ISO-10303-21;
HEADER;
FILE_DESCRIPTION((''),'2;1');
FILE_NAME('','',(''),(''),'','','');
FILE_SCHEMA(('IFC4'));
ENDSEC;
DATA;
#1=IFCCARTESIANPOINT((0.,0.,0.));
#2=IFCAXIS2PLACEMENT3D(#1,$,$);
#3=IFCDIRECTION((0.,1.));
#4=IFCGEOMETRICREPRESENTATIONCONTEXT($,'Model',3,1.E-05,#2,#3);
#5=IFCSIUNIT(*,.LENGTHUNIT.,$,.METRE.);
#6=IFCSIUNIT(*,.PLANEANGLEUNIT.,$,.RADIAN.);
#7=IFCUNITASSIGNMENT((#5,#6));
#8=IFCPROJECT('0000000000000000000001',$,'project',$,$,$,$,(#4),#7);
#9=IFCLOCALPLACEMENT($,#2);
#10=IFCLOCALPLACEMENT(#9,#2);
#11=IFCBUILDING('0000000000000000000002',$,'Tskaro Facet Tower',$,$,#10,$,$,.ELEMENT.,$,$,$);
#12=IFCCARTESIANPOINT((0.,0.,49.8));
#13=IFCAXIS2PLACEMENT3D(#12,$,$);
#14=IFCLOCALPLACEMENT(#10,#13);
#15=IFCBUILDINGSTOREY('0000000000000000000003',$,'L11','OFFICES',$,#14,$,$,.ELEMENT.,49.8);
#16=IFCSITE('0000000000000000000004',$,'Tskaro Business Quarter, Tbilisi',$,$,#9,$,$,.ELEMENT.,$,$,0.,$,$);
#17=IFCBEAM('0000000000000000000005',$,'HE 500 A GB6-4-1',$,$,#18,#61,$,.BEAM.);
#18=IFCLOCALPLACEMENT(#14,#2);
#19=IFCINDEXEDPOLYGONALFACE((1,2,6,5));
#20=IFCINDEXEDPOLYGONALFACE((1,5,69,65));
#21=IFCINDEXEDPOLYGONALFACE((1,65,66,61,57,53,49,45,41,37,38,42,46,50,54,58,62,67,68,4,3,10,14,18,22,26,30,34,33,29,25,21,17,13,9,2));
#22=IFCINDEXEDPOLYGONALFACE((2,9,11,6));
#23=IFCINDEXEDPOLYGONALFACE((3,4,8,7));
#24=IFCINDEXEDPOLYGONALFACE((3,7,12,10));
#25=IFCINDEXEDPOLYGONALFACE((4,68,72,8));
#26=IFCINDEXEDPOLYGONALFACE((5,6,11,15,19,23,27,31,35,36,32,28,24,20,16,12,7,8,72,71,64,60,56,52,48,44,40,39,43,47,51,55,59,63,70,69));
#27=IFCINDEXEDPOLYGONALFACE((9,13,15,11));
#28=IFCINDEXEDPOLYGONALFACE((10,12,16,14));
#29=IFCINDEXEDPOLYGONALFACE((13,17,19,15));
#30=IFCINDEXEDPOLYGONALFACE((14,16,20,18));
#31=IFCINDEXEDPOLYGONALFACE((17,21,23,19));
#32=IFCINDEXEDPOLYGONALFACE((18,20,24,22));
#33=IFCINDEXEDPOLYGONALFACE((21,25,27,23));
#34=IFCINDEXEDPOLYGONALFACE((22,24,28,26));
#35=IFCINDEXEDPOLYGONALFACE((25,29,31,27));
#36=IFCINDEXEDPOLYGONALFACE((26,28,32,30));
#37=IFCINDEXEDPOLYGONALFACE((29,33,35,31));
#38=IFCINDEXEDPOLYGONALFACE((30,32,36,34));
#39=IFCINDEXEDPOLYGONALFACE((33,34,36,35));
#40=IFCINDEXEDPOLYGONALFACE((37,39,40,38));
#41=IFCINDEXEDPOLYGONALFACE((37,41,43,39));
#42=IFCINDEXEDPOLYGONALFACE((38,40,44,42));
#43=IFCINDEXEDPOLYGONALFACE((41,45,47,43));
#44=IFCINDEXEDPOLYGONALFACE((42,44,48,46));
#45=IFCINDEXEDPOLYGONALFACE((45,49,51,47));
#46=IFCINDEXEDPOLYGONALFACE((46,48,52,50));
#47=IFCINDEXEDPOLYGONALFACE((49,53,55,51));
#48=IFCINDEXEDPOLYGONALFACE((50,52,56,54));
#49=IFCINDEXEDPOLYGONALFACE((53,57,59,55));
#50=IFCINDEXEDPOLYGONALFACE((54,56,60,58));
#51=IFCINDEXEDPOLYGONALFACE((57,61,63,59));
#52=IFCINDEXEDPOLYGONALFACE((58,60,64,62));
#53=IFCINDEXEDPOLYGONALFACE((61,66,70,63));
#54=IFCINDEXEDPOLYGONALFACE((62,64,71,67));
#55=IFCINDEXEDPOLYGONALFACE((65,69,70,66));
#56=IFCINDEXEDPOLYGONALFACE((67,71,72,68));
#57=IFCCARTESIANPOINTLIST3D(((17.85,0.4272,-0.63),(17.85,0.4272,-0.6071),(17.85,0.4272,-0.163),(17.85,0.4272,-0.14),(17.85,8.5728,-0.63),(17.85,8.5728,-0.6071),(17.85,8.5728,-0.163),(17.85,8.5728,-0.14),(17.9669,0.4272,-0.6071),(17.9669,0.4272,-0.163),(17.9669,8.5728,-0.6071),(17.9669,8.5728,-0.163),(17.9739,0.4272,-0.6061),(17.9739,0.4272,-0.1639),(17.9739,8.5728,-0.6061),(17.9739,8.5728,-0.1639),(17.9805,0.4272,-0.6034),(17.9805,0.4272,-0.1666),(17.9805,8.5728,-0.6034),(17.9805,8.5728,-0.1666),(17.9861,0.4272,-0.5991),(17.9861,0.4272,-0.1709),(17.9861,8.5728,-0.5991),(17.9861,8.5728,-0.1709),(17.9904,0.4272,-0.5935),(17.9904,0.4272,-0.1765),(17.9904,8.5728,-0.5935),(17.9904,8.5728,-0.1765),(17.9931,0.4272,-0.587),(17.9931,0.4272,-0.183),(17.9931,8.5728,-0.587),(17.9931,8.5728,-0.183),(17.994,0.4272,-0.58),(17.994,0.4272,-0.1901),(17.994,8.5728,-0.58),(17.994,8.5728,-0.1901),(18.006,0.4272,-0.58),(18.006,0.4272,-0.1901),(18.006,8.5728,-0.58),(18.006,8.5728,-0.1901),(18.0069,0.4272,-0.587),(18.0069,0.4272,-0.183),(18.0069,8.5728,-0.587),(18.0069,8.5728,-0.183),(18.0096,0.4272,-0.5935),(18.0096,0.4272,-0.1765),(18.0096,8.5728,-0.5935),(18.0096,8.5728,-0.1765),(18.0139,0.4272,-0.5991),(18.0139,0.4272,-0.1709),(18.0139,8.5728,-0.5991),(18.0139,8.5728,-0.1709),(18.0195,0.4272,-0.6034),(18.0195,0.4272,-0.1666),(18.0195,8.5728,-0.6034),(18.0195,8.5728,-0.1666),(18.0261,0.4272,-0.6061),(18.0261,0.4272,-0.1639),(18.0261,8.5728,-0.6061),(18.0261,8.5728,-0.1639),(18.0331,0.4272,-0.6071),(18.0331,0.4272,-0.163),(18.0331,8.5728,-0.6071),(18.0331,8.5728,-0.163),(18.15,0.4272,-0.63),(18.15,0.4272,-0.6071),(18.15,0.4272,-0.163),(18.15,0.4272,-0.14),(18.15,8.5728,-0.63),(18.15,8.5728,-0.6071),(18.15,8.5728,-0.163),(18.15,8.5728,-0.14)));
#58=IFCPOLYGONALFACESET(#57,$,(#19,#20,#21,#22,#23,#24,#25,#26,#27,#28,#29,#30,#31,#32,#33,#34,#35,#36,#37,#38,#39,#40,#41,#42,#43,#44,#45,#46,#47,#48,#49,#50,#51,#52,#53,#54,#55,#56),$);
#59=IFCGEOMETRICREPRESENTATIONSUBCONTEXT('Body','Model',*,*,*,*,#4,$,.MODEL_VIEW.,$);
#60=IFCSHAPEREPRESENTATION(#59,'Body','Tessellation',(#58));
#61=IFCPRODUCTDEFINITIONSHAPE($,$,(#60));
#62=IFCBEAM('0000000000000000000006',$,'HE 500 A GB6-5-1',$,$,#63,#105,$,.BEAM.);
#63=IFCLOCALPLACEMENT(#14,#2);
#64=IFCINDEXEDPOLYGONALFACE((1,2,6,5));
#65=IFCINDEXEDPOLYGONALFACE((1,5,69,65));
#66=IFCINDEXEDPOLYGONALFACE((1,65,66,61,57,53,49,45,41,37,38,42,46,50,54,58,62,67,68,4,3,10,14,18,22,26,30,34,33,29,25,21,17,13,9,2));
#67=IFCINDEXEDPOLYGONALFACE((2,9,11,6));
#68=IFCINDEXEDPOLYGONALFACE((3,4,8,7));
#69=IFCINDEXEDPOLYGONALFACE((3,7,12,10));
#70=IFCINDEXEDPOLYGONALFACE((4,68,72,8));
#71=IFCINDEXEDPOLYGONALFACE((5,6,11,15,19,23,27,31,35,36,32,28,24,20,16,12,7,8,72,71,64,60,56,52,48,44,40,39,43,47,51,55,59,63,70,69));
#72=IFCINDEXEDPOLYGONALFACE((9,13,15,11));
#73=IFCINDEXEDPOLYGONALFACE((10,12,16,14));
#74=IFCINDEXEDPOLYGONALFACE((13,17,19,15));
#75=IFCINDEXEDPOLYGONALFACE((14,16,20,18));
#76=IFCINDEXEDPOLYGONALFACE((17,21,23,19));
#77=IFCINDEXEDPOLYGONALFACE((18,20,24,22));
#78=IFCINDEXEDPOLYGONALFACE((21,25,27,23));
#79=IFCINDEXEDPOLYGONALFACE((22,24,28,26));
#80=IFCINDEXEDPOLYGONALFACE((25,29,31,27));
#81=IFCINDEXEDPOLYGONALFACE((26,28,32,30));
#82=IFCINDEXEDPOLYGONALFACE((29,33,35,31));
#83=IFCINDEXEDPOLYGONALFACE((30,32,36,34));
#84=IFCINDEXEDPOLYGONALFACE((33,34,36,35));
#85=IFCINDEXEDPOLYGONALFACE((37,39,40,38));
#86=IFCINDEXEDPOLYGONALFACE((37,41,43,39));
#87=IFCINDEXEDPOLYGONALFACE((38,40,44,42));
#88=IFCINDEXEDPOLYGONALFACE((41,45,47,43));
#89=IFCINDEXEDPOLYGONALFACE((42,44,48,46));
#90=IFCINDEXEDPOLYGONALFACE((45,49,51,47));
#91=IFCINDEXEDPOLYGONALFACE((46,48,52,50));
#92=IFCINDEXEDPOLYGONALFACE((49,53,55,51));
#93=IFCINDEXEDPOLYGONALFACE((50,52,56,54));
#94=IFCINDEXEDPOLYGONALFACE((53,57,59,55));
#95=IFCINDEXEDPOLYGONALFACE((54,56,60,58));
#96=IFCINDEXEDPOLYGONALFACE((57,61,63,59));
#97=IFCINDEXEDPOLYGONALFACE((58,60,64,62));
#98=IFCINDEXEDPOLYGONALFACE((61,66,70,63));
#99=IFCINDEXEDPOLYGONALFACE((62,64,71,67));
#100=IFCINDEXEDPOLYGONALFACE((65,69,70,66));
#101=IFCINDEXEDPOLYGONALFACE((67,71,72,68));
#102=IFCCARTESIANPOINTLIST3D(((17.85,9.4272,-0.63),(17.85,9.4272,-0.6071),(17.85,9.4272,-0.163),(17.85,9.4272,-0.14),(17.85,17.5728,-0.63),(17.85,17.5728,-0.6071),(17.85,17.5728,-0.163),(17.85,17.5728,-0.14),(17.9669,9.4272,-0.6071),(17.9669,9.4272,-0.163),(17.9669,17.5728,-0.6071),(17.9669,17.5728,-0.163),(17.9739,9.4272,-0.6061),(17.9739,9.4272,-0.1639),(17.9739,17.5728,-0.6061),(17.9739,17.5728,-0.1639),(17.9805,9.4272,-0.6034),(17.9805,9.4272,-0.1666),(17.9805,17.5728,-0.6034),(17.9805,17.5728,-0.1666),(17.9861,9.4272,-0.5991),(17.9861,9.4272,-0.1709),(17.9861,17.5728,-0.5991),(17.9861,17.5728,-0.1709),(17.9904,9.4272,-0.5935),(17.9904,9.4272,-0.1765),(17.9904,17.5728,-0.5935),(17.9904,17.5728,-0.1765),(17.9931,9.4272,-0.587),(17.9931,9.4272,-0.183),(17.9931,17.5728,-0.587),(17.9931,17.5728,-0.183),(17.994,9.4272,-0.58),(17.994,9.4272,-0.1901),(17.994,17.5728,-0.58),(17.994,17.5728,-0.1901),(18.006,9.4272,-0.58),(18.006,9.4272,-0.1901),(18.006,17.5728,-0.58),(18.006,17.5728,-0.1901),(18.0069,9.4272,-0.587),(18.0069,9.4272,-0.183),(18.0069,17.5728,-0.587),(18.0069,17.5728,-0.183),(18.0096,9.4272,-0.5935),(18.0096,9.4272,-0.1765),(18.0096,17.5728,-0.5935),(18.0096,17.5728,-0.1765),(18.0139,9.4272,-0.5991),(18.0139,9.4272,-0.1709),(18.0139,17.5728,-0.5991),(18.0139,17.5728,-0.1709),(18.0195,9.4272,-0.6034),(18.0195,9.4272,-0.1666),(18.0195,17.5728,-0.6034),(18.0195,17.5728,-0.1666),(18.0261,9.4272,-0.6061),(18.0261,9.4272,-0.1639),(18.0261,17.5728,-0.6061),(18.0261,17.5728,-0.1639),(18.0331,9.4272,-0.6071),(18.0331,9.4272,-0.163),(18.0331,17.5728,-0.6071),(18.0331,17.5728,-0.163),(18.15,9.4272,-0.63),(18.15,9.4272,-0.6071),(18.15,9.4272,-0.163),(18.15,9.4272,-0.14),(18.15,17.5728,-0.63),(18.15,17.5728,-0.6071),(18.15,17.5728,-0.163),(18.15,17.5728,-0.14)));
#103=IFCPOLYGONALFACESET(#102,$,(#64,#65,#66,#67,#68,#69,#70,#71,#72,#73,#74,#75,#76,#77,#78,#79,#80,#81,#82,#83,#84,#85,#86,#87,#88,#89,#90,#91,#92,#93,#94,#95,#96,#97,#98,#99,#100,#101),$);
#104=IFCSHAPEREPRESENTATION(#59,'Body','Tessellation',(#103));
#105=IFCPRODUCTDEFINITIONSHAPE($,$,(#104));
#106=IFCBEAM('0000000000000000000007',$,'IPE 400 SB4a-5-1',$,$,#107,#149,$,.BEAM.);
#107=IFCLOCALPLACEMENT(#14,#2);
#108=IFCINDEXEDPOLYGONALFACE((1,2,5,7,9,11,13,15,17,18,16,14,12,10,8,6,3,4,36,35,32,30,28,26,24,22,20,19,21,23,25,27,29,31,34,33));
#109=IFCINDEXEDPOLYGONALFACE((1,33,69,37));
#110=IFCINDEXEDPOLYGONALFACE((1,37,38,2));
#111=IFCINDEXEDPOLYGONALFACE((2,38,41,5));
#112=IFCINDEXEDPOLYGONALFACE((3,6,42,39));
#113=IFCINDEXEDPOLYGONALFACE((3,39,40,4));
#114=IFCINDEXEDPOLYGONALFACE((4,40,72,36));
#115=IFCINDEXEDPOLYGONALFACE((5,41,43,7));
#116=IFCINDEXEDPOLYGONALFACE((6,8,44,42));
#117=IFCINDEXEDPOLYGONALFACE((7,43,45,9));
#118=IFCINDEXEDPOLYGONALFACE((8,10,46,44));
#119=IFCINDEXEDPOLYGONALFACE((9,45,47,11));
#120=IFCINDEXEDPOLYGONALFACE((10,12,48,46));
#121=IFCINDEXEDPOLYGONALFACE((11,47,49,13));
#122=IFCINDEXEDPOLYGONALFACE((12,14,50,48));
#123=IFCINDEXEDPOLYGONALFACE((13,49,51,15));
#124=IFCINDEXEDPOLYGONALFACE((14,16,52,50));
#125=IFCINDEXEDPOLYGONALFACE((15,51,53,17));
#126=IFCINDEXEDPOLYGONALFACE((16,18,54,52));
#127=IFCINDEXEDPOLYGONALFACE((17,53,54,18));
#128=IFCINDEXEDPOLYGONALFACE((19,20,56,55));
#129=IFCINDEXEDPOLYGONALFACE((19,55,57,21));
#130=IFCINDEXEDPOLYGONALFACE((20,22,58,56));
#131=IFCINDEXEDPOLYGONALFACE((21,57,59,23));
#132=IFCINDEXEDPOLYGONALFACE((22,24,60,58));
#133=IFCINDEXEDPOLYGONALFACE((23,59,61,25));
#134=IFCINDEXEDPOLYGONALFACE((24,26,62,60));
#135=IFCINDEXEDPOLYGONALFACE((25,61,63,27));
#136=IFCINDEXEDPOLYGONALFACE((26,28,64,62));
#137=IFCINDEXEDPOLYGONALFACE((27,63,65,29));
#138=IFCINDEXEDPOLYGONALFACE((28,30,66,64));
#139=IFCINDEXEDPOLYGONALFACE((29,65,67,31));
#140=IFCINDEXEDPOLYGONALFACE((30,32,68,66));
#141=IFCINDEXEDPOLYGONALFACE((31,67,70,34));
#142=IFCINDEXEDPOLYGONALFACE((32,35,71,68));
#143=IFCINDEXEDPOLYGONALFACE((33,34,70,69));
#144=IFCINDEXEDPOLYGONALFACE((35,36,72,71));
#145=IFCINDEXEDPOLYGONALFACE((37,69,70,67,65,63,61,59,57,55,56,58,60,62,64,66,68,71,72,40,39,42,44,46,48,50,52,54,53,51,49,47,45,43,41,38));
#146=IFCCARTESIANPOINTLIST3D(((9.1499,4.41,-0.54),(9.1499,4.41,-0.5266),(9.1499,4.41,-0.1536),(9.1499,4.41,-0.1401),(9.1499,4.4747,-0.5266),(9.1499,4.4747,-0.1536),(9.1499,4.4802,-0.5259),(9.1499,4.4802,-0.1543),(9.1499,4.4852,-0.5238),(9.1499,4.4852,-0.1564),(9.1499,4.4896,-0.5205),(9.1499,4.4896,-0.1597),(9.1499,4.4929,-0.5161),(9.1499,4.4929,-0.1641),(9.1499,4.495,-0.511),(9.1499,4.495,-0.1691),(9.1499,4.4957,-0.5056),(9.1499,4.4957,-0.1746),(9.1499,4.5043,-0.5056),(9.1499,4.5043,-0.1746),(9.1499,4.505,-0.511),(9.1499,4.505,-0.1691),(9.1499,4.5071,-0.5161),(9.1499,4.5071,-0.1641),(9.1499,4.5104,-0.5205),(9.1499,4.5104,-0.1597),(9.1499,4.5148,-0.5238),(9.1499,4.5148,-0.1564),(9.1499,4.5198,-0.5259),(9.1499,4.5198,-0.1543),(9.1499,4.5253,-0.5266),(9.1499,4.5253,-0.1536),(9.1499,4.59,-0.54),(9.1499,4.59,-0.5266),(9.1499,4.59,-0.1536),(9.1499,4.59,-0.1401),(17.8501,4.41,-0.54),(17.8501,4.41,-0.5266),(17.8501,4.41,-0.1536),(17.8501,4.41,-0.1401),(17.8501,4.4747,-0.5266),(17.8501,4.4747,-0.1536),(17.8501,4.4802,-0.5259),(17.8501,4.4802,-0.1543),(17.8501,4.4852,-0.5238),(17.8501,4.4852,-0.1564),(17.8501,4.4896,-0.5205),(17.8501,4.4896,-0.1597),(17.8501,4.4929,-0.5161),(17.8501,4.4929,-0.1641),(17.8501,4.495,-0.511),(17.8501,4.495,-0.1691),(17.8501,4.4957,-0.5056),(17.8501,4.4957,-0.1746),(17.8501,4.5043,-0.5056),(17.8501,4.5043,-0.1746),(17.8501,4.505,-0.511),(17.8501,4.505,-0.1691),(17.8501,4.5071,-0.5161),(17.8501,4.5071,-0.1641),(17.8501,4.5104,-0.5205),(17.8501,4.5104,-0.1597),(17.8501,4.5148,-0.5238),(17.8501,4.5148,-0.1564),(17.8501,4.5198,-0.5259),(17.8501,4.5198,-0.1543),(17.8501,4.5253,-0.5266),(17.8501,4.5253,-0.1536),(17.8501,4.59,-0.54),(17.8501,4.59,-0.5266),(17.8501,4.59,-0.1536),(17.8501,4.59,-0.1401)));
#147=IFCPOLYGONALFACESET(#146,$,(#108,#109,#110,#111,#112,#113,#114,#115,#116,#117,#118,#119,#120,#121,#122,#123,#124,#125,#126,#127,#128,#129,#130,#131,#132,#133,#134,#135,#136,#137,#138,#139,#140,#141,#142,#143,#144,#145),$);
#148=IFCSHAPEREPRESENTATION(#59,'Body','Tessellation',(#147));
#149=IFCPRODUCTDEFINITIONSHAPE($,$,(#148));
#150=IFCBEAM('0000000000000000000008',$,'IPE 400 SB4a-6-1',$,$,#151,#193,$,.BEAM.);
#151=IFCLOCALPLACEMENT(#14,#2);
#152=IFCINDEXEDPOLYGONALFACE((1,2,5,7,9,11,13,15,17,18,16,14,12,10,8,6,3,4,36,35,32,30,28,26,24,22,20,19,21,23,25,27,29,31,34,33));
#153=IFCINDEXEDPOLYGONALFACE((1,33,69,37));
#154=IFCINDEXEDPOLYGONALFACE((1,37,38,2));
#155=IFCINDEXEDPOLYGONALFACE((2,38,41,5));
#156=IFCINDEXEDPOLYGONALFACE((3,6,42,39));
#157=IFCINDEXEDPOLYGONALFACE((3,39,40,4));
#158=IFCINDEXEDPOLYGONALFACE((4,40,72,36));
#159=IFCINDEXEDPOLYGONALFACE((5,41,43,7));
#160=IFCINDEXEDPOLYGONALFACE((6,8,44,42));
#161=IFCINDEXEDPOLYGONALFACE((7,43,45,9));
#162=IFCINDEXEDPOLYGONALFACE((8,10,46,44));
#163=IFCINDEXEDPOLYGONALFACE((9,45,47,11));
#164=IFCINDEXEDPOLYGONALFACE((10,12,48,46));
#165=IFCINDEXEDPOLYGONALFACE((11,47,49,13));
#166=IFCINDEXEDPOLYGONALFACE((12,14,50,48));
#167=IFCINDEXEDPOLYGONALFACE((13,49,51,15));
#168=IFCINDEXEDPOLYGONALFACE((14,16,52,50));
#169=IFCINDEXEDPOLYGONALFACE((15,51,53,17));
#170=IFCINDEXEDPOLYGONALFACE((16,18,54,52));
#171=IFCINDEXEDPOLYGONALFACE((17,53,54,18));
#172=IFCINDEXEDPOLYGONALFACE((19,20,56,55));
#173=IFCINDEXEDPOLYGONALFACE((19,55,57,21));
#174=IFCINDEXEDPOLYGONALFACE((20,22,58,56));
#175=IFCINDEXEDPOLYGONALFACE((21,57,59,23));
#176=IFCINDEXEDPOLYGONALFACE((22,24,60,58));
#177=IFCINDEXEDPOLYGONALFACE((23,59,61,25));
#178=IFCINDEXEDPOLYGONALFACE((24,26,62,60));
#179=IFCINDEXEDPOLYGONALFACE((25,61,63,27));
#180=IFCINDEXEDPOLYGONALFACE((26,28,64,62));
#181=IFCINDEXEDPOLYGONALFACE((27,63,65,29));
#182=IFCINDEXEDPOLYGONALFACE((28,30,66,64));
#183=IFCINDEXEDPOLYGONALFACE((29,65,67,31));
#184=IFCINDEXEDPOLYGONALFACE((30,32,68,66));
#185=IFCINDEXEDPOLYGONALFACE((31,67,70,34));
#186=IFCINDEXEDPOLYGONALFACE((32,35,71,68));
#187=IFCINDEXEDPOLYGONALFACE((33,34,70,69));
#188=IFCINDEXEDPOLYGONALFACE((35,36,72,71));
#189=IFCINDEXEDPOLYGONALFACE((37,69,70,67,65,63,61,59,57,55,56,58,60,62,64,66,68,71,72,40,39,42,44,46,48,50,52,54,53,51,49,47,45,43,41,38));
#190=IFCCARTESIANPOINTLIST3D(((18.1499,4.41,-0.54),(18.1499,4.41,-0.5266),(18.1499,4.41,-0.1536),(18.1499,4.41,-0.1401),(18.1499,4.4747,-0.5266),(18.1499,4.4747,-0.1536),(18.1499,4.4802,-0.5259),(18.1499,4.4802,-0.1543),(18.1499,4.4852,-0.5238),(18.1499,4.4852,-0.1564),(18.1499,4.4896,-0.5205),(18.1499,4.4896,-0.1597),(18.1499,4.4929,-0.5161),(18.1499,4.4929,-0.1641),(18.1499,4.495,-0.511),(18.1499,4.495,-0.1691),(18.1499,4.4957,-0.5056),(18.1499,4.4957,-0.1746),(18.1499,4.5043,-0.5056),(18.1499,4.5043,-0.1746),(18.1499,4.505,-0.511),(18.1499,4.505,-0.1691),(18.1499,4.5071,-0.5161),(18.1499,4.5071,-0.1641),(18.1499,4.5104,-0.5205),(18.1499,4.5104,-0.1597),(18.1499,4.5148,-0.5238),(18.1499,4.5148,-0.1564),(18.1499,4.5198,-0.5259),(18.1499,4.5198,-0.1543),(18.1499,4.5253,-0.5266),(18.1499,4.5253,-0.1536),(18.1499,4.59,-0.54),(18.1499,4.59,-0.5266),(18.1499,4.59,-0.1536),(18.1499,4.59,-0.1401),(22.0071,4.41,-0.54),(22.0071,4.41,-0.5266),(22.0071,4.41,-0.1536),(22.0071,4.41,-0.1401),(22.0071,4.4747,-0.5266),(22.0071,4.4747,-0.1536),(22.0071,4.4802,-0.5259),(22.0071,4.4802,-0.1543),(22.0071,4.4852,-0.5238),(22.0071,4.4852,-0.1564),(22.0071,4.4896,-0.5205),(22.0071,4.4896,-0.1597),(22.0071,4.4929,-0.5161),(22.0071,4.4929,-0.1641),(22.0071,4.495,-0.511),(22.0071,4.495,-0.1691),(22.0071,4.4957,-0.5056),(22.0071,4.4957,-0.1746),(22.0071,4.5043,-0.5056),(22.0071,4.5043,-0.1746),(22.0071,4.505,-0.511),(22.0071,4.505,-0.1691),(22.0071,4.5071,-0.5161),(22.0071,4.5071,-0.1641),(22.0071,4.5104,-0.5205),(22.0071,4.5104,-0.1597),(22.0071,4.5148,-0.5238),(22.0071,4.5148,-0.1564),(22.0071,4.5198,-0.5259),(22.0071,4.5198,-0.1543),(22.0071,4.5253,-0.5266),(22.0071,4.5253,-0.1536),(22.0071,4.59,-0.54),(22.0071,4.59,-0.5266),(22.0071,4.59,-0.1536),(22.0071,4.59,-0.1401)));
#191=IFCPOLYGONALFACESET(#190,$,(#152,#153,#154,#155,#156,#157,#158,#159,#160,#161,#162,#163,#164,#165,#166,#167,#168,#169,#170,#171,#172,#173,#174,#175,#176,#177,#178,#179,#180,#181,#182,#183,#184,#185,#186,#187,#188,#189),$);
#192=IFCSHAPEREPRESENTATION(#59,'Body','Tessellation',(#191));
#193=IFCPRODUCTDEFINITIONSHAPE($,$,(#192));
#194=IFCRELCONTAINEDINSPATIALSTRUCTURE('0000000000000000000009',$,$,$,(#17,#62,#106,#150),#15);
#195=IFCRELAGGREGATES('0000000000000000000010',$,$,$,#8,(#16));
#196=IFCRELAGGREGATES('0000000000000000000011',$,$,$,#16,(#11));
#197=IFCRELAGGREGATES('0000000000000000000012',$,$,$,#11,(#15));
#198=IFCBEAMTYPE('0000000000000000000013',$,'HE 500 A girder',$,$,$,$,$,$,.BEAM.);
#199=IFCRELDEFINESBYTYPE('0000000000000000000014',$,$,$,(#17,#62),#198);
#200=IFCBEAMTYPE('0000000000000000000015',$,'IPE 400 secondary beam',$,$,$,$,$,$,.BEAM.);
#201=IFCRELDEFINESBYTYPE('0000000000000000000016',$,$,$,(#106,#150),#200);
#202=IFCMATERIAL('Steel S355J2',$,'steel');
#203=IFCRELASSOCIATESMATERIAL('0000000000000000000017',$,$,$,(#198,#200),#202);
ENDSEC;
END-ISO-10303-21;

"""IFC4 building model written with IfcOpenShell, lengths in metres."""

from ifc_helpers import new_model, si_unit, direction, frame, origin, origin_2d, place, context, subcontext, project, spatial, i_section, extrude, material, material_profile, profile_set, type_object, element, save


model = new_model("IFC4")

# Units and contexts
model_context = context("Model", 3, precision=1e-05, world=origin(), true_north=direction((0.0, 1.0)))
body_context = subcontext(model_context, "Body", "Model", "MODEL_VIEW")
ifc_project = project(units=[si_unit("LENGTHUNIT", "METRE"), si_unit("PLANEANGLEUNIT", "RADIAN")], contexts=[model_context])

# Site, building, storey
site_placement = place(None, origin())
site = spatial("IfcSite", under=ifc_project, at=site_placement, Name="Tskaro Business Quarter, Tbilisi", CompositionType="ELEMENT", RefElevation=0.0)
building_placement = place(site_placement, origin())
building = spatial("IfcBuilding", under=site, at=building_placement, Name="Tskaro Facet Tower", CompositionType="ELEMENT")
storey_placement = place(building_placement, frame((0.0, 0.0, 49.8)))
storey = spatial("IfcBuildingStorey", under=building, at=storey_placement, Name="L11", Description="OFFICES", CompositionType="ELEMENT", Elevation=49.8)

# Beams
ifc_material_1 = material(Name="Steel S355J2", Category="steel")
ifc_material_profile_1 = material_profile(ifc_material_1, i_section(OverallWidth=0.3, OverallDepth=0.49, WebThickness=0.012, FlangeThickness=0.0229, FilletRadius=0.0271, at=origin_2d()), Name="HE 500 A")
ifc_profile_set_1 = profile_set([ifc_material_profile_1], Name="Steel S355J2")
beam_type_1 = type_object("IfcBeamType", Name="HE 500 A girder", PredefinedType="BEAM", material=ifc_profile_set_1)
for number, where, z_axis, x_axis, name in (
    (1, (18.0, 0.4272, -0.385), (0.0, 1.0, 0.0), (-1.0, 0.0, 0.0), "HE 500 A GB6-4-1"),
    (2, (18.0, 9.4272, -0.385), (0.0, 1.0, 0.0), (-1.0, 0.0, 0.0), "HE 500 A GB6-5-1"),
):
    element("IfcBeam", number, at=place(storey_placement, frame(where, z_axis=z_axis, x_axis=x_axis)), inside=storey, type_object=beam_type_1, Name=name, PredefinedType="BEAM", context=body_context, shape_type="SweptSolid", body=[
        extrude(i_section(OverallWidth=0.3, OverallDepth=0.49, WebThickness=0.012, FlangeThickness=0.0229, FilletRadius=0.0271, at=origin_2d()), origin(), (0.0, 0.0, 1.0), 8.1455),
    ])
ifc_material_profile_2 = material_profile(ifc_material_1, i_section(OverallWidth=0.1799, OverallDepth=0.3999, WebThickness=0.0085, FlangeThickness=0.0134, FilletRadius=0.021, at=origin_2d()), Name="IPE 400")
ifc_profile_set_2 = profile_set([ifc_material_profile_2], Name="Steel S355J2")
beam_type_2 = type_object("IfcBeamType", Name="IPE 400 secondary beam", PredefinedType="BEAM", material=ifc_profile_set_2)
beam_1_placement = place(storey_placement, frame((9.1499, 4.5, -0.3401), z_axis=(1.0, 0.0, 0.0), x_axis=(0.0, 1.0, 0.0)))
element("IfcBeam", 3, at=beam_1_placement, inside=storey, type_object=beam_type_2, Name="IPE 400 SB4a-5-1", PredefinedType="BEAM", context=body_context, shape_type="SweptSolid", body=[
    extrude(i_section(OverallWidth=0.1799, OverallDepth=0.3999, WebThickness=0.0085, FlangeThickness=0.0134, FilletRadius=0.021, at=origin_2d()), origin(), (0.0, 0.0, 1.0), 8.7002),
])
beam_2_placement = place(storey_placement, frame((18.1499, 4.5, -0.3401), z_axis=(1.0, 0.0, 0.0), x_axis=(0.0, 1.0, 0.0)))
element("IfcBeam", 4, at=beam_2_placement, inside=storey, type_object=beam_type_2, Name="IPE 400 SB4a-6-1", PredefinedType="BEAM", context=body_context, shape_type="SweptSolid", body=[
    extrude(i_section(OverallWidth=0.1799, OverallDepth=0.3999, WebThickness=0.0085, FlangeThickness=0.0134, FilletRadius=0.021, at=origin_2d()), origin(), (0.0, 0.0, 1.0), 3.8572),
])

save(model, "model.ifc")
